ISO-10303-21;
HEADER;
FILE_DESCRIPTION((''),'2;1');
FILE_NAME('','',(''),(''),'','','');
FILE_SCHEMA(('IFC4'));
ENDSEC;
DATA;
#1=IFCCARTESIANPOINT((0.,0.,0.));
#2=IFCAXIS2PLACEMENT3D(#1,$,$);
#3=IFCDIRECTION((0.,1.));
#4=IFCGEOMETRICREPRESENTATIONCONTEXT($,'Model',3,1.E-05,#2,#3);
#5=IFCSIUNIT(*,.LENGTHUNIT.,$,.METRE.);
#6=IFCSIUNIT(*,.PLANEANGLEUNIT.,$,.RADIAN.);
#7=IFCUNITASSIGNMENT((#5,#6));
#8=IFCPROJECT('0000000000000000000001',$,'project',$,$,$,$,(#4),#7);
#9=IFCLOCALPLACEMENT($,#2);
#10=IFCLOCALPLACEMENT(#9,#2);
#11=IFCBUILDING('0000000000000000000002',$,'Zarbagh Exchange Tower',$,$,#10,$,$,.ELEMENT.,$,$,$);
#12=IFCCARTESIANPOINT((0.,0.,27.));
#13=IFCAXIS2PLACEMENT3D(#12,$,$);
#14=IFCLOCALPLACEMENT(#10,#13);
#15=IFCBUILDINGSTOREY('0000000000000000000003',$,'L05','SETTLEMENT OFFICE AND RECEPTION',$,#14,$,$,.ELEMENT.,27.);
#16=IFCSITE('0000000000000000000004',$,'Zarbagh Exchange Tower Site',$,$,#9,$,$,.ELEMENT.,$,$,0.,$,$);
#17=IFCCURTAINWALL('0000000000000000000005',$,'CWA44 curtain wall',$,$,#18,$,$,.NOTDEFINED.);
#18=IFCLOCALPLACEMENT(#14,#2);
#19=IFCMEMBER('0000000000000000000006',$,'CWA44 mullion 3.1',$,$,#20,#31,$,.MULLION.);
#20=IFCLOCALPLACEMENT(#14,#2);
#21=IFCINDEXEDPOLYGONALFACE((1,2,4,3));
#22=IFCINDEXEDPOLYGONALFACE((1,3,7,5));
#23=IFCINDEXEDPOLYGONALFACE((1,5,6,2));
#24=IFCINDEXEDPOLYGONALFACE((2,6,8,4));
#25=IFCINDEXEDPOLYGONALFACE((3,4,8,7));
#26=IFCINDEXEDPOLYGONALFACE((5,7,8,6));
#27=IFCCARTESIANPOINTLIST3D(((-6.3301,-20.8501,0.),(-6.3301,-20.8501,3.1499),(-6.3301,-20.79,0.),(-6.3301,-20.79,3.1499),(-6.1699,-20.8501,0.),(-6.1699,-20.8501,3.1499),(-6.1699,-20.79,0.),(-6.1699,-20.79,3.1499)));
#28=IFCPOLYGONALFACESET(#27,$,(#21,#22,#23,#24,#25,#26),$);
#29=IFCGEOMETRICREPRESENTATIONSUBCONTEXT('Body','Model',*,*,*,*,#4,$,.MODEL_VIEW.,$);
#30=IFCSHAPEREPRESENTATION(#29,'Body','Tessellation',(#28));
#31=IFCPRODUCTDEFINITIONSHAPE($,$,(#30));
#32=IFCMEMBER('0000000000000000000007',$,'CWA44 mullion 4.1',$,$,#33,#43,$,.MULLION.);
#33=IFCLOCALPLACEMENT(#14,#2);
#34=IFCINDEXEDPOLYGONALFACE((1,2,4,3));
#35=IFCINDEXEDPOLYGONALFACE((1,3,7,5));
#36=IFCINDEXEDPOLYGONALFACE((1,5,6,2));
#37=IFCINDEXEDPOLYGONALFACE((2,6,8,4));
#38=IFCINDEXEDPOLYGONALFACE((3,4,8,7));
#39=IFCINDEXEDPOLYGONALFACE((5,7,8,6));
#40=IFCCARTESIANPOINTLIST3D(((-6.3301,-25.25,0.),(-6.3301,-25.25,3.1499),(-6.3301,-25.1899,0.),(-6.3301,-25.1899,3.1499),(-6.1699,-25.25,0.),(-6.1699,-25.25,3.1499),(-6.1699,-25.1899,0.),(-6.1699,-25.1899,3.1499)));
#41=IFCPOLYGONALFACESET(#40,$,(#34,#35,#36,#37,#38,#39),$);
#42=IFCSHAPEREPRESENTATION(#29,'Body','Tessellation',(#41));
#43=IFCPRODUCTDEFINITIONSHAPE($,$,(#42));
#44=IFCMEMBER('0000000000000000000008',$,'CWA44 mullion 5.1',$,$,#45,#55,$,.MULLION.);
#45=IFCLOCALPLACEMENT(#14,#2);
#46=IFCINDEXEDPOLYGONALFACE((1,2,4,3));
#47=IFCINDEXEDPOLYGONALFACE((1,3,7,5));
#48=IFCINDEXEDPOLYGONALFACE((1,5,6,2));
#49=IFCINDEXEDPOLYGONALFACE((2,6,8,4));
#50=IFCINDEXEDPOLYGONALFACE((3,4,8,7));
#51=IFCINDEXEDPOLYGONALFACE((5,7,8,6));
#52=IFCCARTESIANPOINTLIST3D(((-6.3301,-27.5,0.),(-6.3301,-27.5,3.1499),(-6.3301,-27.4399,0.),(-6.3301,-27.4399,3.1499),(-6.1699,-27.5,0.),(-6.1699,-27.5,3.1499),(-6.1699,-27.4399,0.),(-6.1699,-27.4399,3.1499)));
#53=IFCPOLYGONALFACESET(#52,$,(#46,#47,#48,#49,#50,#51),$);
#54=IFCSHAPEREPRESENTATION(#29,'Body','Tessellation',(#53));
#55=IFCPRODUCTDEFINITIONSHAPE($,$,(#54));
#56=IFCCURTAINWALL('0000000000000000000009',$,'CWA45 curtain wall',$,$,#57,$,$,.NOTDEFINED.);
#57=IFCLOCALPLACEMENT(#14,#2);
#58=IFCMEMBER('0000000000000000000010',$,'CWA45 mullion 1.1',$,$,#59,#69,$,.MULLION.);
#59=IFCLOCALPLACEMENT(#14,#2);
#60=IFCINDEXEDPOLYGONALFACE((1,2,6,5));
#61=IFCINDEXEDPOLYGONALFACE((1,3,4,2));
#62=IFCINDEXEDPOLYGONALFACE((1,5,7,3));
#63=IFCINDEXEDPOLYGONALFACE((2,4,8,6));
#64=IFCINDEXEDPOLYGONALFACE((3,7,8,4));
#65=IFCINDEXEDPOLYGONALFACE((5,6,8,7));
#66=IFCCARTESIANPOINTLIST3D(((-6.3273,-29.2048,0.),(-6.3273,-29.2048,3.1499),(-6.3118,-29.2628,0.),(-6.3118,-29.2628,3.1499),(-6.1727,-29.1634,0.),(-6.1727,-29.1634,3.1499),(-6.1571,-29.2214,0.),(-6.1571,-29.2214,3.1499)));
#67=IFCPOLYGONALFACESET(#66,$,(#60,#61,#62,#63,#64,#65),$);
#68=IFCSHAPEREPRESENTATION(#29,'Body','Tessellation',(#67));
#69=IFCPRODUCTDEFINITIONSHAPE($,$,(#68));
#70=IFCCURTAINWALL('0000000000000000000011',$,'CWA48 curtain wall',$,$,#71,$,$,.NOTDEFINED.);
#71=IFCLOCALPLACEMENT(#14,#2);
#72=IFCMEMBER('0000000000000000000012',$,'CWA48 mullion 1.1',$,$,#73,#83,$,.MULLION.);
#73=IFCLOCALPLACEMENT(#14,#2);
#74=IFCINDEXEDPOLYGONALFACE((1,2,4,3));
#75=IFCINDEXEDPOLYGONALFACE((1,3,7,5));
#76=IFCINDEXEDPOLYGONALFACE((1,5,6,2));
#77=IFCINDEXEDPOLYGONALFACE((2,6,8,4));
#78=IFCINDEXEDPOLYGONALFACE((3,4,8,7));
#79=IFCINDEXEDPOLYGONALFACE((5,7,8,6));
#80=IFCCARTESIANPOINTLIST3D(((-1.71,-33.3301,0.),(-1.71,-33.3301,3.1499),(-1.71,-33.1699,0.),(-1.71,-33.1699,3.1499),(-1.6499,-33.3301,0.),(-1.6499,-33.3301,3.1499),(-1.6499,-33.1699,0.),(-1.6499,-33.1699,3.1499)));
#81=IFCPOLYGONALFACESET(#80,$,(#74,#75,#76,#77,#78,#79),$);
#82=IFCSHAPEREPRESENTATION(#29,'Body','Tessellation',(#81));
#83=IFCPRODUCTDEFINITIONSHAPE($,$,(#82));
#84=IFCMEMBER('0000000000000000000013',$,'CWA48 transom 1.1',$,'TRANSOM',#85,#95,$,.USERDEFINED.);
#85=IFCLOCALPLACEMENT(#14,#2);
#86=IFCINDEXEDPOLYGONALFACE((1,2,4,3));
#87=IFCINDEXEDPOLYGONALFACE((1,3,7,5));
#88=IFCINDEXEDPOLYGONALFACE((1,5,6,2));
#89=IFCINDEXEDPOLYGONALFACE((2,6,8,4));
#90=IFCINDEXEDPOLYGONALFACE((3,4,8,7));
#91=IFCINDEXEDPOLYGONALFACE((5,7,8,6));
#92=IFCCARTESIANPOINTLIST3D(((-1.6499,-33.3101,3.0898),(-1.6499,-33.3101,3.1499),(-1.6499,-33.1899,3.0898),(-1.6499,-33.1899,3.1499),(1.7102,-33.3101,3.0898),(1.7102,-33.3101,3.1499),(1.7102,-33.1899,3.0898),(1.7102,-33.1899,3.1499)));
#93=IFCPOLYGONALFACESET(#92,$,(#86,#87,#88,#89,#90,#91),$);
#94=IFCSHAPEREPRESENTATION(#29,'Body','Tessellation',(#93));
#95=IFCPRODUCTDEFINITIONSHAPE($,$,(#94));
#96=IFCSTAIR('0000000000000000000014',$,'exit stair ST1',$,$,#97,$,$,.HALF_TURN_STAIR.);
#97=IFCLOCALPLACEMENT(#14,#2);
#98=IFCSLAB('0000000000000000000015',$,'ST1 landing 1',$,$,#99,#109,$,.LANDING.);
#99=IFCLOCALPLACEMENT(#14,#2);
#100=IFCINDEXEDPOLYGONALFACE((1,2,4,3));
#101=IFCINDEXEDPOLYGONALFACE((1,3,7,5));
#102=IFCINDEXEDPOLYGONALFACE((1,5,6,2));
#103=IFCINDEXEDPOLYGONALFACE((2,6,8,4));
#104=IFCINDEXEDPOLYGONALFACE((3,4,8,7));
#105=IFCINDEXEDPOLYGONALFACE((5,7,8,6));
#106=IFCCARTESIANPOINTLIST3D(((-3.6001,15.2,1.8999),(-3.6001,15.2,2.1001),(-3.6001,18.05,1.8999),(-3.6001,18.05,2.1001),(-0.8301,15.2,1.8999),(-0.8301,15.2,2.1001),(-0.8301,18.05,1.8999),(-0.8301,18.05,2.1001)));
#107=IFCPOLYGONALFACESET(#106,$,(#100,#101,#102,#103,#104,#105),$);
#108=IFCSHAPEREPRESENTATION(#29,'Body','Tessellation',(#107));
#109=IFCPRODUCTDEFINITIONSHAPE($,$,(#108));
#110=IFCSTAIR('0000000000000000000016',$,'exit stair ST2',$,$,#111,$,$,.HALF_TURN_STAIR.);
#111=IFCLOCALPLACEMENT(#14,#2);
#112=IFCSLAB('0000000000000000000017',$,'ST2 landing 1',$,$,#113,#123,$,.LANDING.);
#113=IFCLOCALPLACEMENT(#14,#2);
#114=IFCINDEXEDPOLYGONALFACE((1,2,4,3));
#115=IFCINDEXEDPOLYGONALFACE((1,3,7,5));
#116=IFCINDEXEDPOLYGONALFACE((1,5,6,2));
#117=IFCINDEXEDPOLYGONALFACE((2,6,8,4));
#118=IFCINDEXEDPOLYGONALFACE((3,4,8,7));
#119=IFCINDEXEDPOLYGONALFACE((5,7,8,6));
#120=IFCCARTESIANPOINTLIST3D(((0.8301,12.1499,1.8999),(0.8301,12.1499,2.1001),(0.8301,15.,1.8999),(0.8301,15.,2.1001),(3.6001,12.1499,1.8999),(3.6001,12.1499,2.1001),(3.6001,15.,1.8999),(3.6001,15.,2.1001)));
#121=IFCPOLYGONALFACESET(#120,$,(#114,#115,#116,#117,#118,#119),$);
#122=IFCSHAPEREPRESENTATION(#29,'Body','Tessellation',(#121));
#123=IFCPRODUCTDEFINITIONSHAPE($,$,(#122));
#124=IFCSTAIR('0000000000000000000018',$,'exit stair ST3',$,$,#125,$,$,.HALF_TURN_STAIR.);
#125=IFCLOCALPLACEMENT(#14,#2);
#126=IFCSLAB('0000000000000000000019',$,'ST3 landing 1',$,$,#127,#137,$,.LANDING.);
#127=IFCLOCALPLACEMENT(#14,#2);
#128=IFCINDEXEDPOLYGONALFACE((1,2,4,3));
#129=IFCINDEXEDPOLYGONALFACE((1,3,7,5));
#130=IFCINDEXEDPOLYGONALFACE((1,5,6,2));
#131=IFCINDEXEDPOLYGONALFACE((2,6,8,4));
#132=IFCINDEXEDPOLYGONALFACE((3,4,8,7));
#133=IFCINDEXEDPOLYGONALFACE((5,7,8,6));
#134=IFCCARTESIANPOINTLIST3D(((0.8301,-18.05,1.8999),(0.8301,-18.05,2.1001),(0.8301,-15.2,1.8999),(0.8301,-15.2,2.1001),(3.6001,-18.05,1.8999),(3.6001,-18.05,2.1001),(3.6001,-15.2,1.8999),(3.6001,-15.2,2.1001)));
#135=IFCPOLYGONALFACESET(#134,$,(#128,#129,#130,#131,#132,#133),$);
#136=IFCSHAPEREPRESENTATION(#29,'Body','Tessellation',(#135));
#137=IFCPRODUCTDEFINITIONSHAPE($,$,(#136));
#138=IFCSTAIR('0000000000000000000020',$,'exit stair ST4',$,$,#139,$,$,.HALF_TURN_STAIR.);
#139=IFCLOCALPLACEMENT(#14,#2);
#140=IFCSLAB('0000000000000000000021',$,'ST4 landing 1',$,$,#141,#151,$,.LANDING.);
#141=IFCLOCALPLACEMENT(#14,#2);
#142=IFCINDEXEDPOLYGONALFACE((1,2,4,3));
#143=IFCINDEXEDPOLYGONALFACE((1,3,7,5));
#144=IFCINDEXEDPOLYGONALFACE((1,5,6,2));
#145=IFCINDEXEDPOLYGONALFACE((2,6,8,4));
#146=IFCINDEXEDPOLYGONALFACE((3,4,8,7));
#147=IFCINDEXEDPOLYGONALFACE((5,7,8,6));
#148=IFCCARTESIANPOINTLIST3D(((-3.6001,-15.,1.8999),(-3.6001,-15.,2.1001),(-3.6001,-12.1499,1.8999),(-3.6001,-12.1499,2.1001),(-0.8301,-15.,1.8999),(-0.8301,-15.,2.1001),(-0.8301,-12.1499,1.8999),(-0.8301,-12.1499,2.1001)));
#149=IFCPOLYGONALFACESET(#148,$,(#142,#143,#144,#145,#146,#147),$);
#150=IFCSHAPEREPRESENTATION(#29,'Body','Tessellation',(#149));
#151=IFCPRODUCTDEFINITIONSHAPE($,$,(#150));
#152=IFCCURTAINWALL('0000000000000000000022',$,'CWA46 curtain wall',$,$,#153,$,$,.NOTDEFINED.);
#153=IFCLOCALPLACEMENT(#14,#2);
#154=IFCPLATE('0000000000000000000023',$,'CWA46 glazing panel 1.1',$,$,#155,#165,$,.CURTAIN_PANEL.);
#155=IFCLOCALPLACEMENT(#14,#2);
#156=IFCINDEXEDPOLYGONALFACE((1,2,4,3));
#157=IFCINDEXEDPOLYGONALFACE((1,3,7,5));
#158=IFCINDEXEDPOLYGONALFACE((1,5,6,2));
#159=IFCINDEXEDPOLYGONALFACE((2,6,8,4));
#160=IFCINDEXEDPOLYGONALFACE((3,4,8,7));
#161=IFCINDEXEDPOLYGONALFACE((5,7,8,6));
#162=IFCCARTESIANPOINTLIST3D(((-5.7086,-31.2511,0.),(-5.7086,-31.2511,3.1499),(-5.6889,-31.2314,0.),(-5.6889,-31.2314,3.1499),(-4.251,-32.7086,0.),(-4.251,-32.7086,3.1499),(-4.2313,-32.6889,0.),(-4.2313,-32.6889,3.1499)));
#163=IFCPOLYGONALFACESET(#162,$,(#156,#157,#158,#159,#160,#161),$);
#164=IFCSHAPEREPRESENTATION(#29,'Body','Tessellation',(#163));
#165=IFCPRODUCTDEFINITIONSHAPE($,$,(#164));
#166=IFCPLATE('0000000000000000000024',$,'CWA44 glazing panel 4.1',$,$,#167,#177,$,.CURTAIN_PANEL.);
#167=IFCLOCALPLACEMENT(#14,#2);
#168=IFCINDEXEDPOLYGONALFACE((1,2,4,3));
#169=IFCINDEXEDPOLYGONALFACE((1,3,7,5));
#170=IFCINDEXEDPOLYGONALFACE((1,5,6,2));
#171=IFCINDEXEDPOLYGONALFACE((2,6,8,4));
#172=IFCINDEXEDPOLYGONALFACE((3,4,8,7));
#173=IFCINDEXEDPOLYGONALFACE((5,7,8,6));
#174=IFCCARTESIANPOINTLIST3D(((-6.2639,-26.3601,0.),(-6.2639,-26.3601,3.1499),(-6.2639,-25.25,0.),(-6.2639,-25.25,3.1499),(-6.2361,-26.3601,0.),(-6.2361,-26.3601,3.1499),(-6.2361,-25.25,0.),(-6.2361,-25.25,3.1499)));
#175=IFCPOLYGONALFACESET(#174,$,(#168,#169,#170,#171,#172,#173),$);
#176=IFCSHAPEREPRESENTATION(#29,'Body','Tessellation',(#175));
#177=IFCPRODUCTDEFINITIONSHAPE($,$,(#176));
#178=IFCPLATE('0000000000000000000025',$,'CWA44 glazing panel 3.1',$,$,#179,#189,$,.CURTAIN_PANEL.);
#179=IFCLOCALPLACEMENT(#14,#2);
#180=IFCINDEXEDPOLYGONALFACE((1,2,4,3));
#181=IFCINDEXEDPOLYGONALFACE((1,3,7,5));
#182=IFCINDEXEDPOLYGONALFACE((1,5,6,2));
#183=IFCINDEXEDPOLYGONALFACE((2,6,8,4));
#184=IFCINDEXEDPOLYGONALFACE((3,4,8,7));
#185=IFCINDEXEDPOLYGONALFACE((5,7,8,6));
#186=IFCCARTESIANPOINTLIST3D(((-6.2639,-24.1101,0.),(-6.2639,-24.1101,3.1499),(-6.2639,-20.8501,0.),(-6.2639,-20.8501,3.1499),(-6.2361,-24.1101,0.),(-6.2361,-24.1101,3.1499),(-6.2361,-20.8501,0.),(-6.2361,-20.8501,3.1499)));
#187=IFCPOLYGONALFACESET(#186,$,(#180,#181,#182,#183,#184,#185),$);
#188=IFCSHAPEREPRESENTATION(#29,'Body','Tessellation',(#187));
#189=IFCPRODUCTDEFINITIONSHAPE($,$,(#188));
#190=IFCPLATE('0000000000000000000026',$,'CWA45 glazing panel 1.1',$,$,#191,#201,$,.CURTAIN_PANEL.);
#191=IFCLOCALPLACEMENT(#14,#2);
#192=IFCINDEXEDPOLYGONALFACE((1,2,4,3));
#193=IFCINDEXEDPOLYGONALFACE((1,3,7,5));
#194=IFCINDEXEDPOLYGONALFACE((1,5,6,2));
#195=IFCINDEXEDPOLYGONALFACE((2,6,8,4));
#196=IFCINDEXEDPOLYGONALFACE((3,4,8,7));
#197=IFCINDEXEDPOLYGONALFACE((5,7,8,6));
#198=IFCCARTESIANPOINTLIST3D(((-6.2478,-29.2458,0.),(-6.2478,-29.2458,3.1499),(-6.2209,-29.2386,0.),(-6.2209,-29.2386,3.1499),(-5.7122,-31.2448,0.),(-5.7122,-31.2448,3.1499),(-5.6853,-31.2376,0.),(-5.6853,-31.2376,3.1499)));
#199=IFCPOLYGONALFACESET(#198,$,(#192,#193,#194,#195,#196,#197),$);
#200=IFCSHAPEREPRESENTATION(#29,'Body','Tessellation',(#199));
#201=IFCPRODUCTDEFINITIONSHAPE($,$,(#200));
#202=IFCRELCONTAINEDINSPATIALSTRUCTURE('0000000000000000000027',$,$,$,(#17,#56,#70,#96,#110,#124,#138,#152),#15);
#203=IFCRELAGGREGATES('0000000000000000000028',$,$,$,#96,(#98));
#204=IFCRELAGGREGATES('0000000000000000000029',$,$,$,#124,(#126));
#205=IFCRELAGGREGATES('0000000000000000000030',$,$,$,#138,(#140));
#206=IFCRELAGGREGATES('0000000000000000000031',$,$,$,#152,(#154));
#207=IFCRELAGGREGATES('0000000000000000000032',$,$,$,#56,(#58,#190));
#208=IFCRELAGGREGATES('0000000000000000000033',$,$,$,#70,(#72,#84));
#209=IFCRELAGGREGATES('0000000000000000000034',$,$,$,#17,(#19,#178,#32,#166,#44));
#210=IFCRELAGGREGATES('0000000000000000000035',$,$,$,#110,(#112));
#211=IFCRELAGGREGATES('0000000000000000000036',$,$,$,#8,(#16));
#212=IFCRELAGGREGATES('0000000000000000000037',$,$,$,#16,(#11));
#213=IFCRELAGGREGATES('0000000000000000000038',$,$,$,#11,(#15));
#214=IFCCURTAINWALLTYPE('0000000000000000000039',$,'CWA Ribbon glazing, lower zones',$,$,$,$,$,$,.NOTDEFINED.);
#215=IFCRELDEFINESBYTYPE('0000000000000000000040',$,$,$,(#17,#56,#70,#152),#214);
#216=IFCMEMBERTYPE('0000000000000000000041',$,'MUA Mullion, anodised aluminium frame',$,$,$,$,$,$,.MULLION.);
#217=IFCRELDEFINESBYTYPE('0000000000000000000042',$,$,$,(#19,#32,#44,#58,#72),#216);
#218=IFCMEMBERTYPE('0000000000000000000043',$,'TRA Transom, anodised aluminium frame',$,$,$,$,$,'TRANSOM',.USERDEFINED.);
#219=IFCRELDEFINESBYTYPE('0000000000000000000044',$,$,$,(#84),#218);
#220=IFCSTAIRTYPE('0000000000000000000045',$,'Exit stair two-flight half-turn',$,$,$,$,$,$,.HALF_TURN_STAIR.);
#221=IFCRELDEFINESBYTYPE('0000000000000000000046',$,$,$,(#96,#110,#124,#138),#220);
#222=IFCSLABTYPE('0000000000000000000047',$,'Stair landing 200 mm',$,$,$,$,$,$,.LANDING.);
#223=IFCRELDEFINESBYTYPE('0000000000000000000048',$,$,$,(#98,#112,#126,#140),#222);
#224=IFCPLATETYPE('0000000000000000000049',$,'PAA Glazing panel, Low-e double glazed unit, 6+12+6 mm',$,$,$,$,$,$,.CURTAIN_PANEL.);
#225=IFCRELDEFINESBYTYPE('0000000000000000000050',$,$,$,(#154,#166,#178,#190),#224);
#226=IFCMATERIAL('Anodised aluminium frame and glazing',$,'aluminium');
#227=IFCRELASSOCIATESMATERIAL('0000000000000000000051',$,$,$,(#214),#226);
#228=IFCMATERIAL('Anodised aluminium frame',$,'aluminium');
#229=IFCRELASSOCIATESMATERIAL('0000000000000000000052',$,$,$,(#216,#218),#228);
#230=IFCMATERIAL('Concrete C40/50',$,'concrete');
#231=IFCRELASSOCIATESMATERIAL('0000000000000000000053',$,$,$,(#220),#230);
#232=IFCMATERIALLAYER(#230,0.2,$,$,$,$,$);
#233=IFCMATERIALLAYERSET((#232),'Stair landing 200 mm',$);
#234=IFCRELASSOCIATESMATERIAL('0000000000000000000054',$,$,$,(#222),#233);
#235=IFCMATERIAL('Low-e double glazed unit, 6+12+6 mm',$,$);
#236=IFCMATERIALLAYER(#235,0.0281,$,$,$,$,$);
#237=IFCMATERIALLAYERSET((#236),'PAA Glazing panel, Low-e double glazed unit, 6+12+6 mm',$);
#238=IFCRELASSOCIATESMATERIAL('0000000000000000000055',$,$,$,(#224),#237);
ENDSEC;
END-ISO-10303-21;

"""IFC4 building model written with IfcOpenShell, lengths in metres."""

from ifc_helpers import new_model, si_unit, direction, frame, origin, place, context, subcontext, project, spatial, polyline, outline, extrude, source, transform, mapped, material, layer, layer_set, type_object, element, aggregate, save


model = new_model("IFC4")

# Units and contexts
model_context = context("Model", 3, precision=1e-05, world=origin(), true_north=direction((0.0, 1.0)))
body_context = subcontext(model_context, "Body", "Model", "MODEL_VIEW")
ifc_project = project(units=[si_unit("LENGTHUNIT", "METRE"), si_unit("PLANEANGLEUNIT", "RADIAN")], contexts=[model_context])

# Site, building, storey
site_placement = place(None, origin())
site = spatial("IfcSite", under=ifc_project, at=site_placement, Name="Zarbagh Exchange Tower Site", CompositionType="ELEMENT", RefElevation=0.0)
building_placement = place(site_placement, origin())
building = spatial("IfcBuilding", under=site, at=building_placement, Name="Zarbagh Exchange Tower", CompositionType="ELEMENT")
storey_placement = place(building_placement, frame((0.0, 0.0, 27.0)))
storey = spatial("IfcBuildingStorey", under=building, at=storey_placement, Name="L05", Description="SETTLEMENT OFFICE AND RECEPTION", CompositionType="ELEMENT", Elevation=27.0)

# Curtain wall, members
ifc_material_1 = material(Name="Anodised aluminium frame and glazing", Category="aluminium")
curtain_wall_type = type_object("IfcCurtainWallType", Name="CWA Ribbon glazing, lower zones", PredefinedType="NOTDEFINED", material=ifc_material_1)
curtain_wall_1_placement = place(storey_placement, origin())
curtain_wall_1 = element("IfcCurtainWall", 1, at=curtain_wall_1_placement, inside=storey, type_object=curtain_wall_type, Name="CWA44 curtain wall", PredefinedType="NOTDEFINED")
ifc_material_2 = material(Name="Anodised aluminium frame", Category="aluminium")
member_type_1 = type_object("IfcMemberType", Name="MUA Mullion, anodised aluminium frame", PredefinedType="MULLION", material=ifc_material_2)
shared_shape_1 = source(origin(), body_context, "Body", "SweptSolid", [
    extrude(outline(polyline([(0.0, -0.0801), (0.0601, -0.0801), (0.0601, 0.0801), (0.0, 0.0801), (0.0, -0.0801)])), origin(), (0.0, 0.0, 1.0), 3.1499),
])
placement = place(storey_placement, origin())
member_1 = element("IfcMember", 2, at=placement, type_object=member_type_1, Name="CWA44 mullion 3.1", PredefinedType="MULLION", context=body_context, shape_type="MappedRepresentation", body=[
    mapped(shared_shape_1, transform((-6.25, -20.79, 0.0), x_axis=(0.0, -1.0, 0.0), y_axis=(1.0, 0.0, 0.0), z_axis=(0.0, 0.0, 1.0))),
])
member_2 = element("IfcMember", 3, at=placement, type_object=member_type_1, Name="CWA44 mullion 4.1", PredefinedType="MULLION", context=body_context, shape_type="MappedRepresentation", body=[
    mapped(shared_shape_1, transform((-6.25, -25.1899, 0.0), x_axis=(0.0, -1.0, 0.0), y_axis=(1.0, 0.0, 0.0), z_axis=(0.0, 0.0, 1.0))),
])
member_3 = element("IfcMember", 4, at=placement, type_object=member_type_1, Name="CWA44 mullion 5.1", PredefinedType="MULLION", context=body_context, shape_type="MappedRepresentation", body=[
    mapped(shared_shape_1, transform((-6.25, -27.4399, 0.0), x_axis=(0.0, -1.0, 0.0), y_axis=(1.0, 0.0, 0.0), z_axis=(0.0, 0.0, 1.0))),
])

# Curtain wall, member
curtain_wall_2_placement = place(storey_placement, origin())
curtain_wall_2 = element("IfcCurtainWall", 5, at=curtain_wall_2_placement, inside=storey, type_object=curtain_wall_type, Name="CWA45 curtain wall", PredefinedType="NOTDEFINED")
member_4 = element("IfcMember", 6, at=placement, type_object=member_type_1, Name="CWA45 mullion 1.1", PredefinedType="MULLION", context=body_context, shape_type="MappedRepresentation", body=[
    mapped(shared_shape_1, transform((-6.25, -29.1841, 0.0), x_axis=(0.258825, -0.965924, 0.0), y_axis=(0.965924, 0.258825, 0.0), z_axis=(0.0, 0.0, 1.0))),
])

# Curtain wall, members
curtain_wall_3_placement = place(storey_placement, origin())
curtain_wall_3 = element("IfcCurtainWall", 7, at=curtain_wall_3_placement, inside=storey, type_object=curtain_wall_type, Name="CWA48 curtain wall", PredefinedType="NOTDEFINED")
member_5 = element("IfcMember", 8, at=placement, type_object=member_type_1, Name="CWA48 mullion 1.1", PredefinedType="MULLION", context=body_context, shape_type="MappedRepresentation", body=[
    mapped(shared_shape_1, transform((-1.71, -33.25, 0.0), x_axis=(1.0, 0.0, 0.0), y_axis=(0.0, 1.0, 0.0), z_axis=(0.0, 0.0, 1.0))),
])
member_type_2 = type_object("IfcMemberType", Name="TRA Transom, anodised aluminium frame", ElementType="TRANSOM", PredefinedType="USERDEFINED", material=ifc_material_2)
shared_shape_2 = source(origin(), body_context, "Body", "SweptSolid", [
    extrude(outline(polyline([(-0.0601, -0.0601), (0.0, -0.0601), (0.0, 0.0601), (-0.0601, 0.0601), (-0.0601, -0.0601)])), origin(), (0.0, 0.0, 1.0), 3.3601),
])
member_6 = element("IfcMember", 9, at=placement, type_object=member_type_2, Name="CWA48 transom 1.1", ObjectType="TRANSOM", PredefinedType="USERDEFINED", context=body_context, shape_type="MappedRepresentation", body=[
    mapped(shared_shape_2, transform((-1.6499, -33.25, 3.1499), x_axis=(0.0, 0.0, 1.0), y_axis=(0.0, -1.0, 0.0), z_axis=(1.0, 0.0, 0.0))),
])

# Stairs, slabs
ifc_material_3 = material(Name="Concrete C40/50", Category="concrete")
stair_type = type_object("IfcStairType", Name="Exit stair two-flight half-turn", PredefinedType="HALF_TURN_STAIR", material=ifc_material_3)
stair_1_placement = place(storey_placement, origin())
stair_1 = element("IfcStair", 10, at=stair_1_placement, inside=storey, type_object=stair_type, Name="exit stair ST1", PredefinedType="HALF_TURN_STAIR")
ifc_layer_1 = layer(ifc_material_3, 0.2)
ifc_layer_set_1 = layer_set([ifc_layer_1], Name="Stair landing 200 mm")
slab_type = type_object("IfcSlabType", Name="Stair landing 200 mm", PredefinedType="LANDING", material=ifc_layer_set_1)
slab_1_placement = place(storey_placement, frame((0.0, 0.0, 1.8999)))
slab_1 = element("IfcSlab", 11, at=slab_1_placement, type_object=slab_type, Name="ST1 landing 1", PredefinedType="LANDING", context=body_context, shape_type="SweptSolid", body=[
    extrude(outline(polyline([(-0.8301, 18.05), (-3.6001, 18.05), (-3.6001, 15.2), (-0.8301, 15.2), (-0.8301, 18.05)])), origin(), (0.0, 0.0, 1.0), 0.2002),
])
aggregate(stair_1, [slab_1])
stair_2_placement = place(storey_placement, origin())
stair_2 = element("IfcStair", 12, at=stair_2_placement, inside=storey, type_object=stair_type, Name="exit stair ST2", PredefinedType="HALF_TURN_STAIR")
slab_2_placement = place(storey_placement, frame((0.0, 0.0, 1.8999)))
slab_2 = element("IfcSlab", 13, at=slab_2_placement, type_object=slab_type, Name="ST2 landing 1", PredefinedType="LANDING", context=body_context, shape_type="SweptSolid", body=[
    extrude(outline(polyline([(0.8301, 12.1499), (3.6001, 12.1499), (3.6001, 15.0), (0.8301, 15.0), (0.8301, 12.1499)])), origin(), (0.0, 0.0, 1.0), 0.2002),
])
stair_3_placement = place(storey_placement, origin())
stair_3 = element("IfcStair", 14, at=stair_3_placement, inside=storey, type_object=stair_type, Name="exit stair ST3", PredefinedType="HALF_TURN_STAIR")
slab_3_placement = place(storey_placement, frame((0.0, 0.0, 1.8999)))
slab_3 = element("IfcSlab", 15, at=slab_3_placement, type_object=slab_type, Name="ST3 landing 1", PredefinedType="LANDING", context=body_context, shape_type="SweptSolid", body=[
    extrude(outline(polyline([(0.8301, -18.05), (3.6001, -18.05), (3.6001, -15.2), (0.8301, -15.2), (0.8301, -18.05)])), origin(), (0.0, 0.0, 1.0), 0.2002),
])
aggregate(stair_3, [slab_3])
stair_4_placement = place(storey_placement, origin())
stair_4 = element("IfcStair", 16, at=stair_4_placement, inside=storey, type_object=stair_type, Name="exit stair ST4", PredefinedType="HALF_TURN_STAIR")
slab_4_placement = place(storey_placement, frame((0.0, 0.0, 1.8999)))
slab_4 = element("IfcSlab", 17, at=slab_4_placement, type_object=slab_type, Name="ST4 landing 1", PredefinedType="LANDING", context=body_context, shape_type="SweptSolid", body=[
    extrude(outline(polyline([(-0.8301, -12.1499), (-3.6001, -12.1499), (-3.6001, -15.0), (-0.8301, -15.0), (-0.8301, -12.1499)])), origin(), (0.0, 0.0, 1.0), 0.2002),
])
aggregate(stair_4, [slab_4])

# Curtain wall, plate
curtain_wall_4_placement = place(storey_placement, origin())
curtain_wall_4 = element("IfcCurtainWall", 18, at=curtain_wall_4_placement, inside=storey, type_object=curtain_wall_type, Name="CWA46 curtain wall", PredefinedType="NOTDEFINED")
ifc_material_4 = material(Name="Low-e double glazed unit, 6+12+6 mm")
ifc_layer_2 = layer(ifc_material_4, 0.0281)
ifc_layer_set_2 = layer_set([ifc_layer_2], Name="PAA Glazing panel, Low-e double glazed unit, 6+12+6 mm")
plate_type = type_object("IfcPlateType", Name="PAA Glazing panel, Low-e double glazed unit, 6+12+6 mm", PredefinedType="CURTAIN_PANEL", material=ifc_layer_set_2)
shared_shape_3 = source(origin(), body_context, "Body", "SweptSolid", [
    extrude(outline(polyline([(0.0, -0.0139), (2.0613, -0.0139), (2.0613, 0.0139), (0.0, 0.0139), (0.0, -0.0139)])), origin(), (0.0, 0.0, 1.0), 3.1499),
])
plate_1 = element("IfcPlate", 19, at=placement, type_object=plate_type, Name="CWA46 glazing panel 1.1", PredefinedType="CURTAIN_PANEL", context=body_context, shape_type="MappedRepresentation", body=[
    mapped(shared_shape_3, transform((-5.6987, -31.2412, 0.0), x_axis=(0.707107, -0.707107, 0.0), y_axis=(0.707107, 0.707107, 0.0), z_axis=(0.0, 0.0, 1.0))),
])
aggregate(curtain_wall_4, [plate_1])

# Plates
shared_shape_4 = source(origin(), body_context, "Body", "SweptSolid", [
    extrude(outline(polyline([(0.0, -0.0139), (1.1101, -0.0139), (1.1101, 0.0139), (0.0, 0.0139), (0.0, -0.0139)])), origin(), (0.0, 0.0, 1.0), 3.1499),
])
plate_2 = element("IfcPlate", 20, at=placement, type_object=plate_type, Name="CWA44 glazing panel 4.1", PredefinedType="CURTAIN_PANEL", context=body_context, shape_type="MappedRepresentation", body=[
    mapped(shared_shape_4, transform((-6.25, -25.25, 0.0), x_axis=(0.0, -1.0, 0.0), y_axis=(1.0, 0.0, 0.0), z_axis=(0.0, 0.0, 1.0))),
])
shared_shape_5 = source(origin(), body_context, "Body", "SweptSolid", [
    extrude(outline(polyline([(0.0, -0.0139), (3.26, -0.0139), (3.26, 0.0139), (0.0, 0.0139), (0.0, -0.0139)])), origin(), (0.0, 0.0, 1.0), 3.1499),
])
plate_3 = element("IfcPlate", 21, at=placement, type_object=plate_type, Name="CWA44 glazing panel 3.1", PredefinedType="CURTAIN_PANEL", context=body_context, shape_type="MappedRepresentation", body=[
    mapped(shared_shape_5, transform((-6.25, -20.8501, 0.0), x_axis=(0.0, -1.0, 0.0), y_axis=(1.0, 0.0, 0.0), z_axis=(0.0, 0.0, 1.0))),
])
shared_shape_6 = source(origin(), body_context, "Body", "SweptSolid", [
    extrude(outline(polyline([(0.0, -0.0139), (2.0696, -0.0139), (2.0696, 0.0139), (0.0, 0.0139), (0.0, -0.0139)])), origin(), (0.0, 0.0, 1.0), 3.1499),
])
plate_4 = element("IfcPlate", 22, at=placement, type_object=plate_type, Name="CWA45 glazing panel 1.1", PredefinedType="CURTAIN_PANEL", context=body_context, shape_type="MappedRepresentation", body=[
    mapped(shared_shape_6, transform((-6.2344, -29.2422, 0.0), x_axis=(0.258825, -0.965924, 0.0), y_axis=(0.965924, 0.258825, 0.0), z_axis=(0.0, 0.0, 1.0))),
])
aggregate(curtain_wall_2, [member_4, plate_4])

aggregate(curtain_wall_3, [member_5, member_6])
aggregate(curtain_wall_1, [member_1, plate_3, member_2, plate_2, member_3])

aggregate(stair_2, [slab_2])

save(model, "model.ifc")
